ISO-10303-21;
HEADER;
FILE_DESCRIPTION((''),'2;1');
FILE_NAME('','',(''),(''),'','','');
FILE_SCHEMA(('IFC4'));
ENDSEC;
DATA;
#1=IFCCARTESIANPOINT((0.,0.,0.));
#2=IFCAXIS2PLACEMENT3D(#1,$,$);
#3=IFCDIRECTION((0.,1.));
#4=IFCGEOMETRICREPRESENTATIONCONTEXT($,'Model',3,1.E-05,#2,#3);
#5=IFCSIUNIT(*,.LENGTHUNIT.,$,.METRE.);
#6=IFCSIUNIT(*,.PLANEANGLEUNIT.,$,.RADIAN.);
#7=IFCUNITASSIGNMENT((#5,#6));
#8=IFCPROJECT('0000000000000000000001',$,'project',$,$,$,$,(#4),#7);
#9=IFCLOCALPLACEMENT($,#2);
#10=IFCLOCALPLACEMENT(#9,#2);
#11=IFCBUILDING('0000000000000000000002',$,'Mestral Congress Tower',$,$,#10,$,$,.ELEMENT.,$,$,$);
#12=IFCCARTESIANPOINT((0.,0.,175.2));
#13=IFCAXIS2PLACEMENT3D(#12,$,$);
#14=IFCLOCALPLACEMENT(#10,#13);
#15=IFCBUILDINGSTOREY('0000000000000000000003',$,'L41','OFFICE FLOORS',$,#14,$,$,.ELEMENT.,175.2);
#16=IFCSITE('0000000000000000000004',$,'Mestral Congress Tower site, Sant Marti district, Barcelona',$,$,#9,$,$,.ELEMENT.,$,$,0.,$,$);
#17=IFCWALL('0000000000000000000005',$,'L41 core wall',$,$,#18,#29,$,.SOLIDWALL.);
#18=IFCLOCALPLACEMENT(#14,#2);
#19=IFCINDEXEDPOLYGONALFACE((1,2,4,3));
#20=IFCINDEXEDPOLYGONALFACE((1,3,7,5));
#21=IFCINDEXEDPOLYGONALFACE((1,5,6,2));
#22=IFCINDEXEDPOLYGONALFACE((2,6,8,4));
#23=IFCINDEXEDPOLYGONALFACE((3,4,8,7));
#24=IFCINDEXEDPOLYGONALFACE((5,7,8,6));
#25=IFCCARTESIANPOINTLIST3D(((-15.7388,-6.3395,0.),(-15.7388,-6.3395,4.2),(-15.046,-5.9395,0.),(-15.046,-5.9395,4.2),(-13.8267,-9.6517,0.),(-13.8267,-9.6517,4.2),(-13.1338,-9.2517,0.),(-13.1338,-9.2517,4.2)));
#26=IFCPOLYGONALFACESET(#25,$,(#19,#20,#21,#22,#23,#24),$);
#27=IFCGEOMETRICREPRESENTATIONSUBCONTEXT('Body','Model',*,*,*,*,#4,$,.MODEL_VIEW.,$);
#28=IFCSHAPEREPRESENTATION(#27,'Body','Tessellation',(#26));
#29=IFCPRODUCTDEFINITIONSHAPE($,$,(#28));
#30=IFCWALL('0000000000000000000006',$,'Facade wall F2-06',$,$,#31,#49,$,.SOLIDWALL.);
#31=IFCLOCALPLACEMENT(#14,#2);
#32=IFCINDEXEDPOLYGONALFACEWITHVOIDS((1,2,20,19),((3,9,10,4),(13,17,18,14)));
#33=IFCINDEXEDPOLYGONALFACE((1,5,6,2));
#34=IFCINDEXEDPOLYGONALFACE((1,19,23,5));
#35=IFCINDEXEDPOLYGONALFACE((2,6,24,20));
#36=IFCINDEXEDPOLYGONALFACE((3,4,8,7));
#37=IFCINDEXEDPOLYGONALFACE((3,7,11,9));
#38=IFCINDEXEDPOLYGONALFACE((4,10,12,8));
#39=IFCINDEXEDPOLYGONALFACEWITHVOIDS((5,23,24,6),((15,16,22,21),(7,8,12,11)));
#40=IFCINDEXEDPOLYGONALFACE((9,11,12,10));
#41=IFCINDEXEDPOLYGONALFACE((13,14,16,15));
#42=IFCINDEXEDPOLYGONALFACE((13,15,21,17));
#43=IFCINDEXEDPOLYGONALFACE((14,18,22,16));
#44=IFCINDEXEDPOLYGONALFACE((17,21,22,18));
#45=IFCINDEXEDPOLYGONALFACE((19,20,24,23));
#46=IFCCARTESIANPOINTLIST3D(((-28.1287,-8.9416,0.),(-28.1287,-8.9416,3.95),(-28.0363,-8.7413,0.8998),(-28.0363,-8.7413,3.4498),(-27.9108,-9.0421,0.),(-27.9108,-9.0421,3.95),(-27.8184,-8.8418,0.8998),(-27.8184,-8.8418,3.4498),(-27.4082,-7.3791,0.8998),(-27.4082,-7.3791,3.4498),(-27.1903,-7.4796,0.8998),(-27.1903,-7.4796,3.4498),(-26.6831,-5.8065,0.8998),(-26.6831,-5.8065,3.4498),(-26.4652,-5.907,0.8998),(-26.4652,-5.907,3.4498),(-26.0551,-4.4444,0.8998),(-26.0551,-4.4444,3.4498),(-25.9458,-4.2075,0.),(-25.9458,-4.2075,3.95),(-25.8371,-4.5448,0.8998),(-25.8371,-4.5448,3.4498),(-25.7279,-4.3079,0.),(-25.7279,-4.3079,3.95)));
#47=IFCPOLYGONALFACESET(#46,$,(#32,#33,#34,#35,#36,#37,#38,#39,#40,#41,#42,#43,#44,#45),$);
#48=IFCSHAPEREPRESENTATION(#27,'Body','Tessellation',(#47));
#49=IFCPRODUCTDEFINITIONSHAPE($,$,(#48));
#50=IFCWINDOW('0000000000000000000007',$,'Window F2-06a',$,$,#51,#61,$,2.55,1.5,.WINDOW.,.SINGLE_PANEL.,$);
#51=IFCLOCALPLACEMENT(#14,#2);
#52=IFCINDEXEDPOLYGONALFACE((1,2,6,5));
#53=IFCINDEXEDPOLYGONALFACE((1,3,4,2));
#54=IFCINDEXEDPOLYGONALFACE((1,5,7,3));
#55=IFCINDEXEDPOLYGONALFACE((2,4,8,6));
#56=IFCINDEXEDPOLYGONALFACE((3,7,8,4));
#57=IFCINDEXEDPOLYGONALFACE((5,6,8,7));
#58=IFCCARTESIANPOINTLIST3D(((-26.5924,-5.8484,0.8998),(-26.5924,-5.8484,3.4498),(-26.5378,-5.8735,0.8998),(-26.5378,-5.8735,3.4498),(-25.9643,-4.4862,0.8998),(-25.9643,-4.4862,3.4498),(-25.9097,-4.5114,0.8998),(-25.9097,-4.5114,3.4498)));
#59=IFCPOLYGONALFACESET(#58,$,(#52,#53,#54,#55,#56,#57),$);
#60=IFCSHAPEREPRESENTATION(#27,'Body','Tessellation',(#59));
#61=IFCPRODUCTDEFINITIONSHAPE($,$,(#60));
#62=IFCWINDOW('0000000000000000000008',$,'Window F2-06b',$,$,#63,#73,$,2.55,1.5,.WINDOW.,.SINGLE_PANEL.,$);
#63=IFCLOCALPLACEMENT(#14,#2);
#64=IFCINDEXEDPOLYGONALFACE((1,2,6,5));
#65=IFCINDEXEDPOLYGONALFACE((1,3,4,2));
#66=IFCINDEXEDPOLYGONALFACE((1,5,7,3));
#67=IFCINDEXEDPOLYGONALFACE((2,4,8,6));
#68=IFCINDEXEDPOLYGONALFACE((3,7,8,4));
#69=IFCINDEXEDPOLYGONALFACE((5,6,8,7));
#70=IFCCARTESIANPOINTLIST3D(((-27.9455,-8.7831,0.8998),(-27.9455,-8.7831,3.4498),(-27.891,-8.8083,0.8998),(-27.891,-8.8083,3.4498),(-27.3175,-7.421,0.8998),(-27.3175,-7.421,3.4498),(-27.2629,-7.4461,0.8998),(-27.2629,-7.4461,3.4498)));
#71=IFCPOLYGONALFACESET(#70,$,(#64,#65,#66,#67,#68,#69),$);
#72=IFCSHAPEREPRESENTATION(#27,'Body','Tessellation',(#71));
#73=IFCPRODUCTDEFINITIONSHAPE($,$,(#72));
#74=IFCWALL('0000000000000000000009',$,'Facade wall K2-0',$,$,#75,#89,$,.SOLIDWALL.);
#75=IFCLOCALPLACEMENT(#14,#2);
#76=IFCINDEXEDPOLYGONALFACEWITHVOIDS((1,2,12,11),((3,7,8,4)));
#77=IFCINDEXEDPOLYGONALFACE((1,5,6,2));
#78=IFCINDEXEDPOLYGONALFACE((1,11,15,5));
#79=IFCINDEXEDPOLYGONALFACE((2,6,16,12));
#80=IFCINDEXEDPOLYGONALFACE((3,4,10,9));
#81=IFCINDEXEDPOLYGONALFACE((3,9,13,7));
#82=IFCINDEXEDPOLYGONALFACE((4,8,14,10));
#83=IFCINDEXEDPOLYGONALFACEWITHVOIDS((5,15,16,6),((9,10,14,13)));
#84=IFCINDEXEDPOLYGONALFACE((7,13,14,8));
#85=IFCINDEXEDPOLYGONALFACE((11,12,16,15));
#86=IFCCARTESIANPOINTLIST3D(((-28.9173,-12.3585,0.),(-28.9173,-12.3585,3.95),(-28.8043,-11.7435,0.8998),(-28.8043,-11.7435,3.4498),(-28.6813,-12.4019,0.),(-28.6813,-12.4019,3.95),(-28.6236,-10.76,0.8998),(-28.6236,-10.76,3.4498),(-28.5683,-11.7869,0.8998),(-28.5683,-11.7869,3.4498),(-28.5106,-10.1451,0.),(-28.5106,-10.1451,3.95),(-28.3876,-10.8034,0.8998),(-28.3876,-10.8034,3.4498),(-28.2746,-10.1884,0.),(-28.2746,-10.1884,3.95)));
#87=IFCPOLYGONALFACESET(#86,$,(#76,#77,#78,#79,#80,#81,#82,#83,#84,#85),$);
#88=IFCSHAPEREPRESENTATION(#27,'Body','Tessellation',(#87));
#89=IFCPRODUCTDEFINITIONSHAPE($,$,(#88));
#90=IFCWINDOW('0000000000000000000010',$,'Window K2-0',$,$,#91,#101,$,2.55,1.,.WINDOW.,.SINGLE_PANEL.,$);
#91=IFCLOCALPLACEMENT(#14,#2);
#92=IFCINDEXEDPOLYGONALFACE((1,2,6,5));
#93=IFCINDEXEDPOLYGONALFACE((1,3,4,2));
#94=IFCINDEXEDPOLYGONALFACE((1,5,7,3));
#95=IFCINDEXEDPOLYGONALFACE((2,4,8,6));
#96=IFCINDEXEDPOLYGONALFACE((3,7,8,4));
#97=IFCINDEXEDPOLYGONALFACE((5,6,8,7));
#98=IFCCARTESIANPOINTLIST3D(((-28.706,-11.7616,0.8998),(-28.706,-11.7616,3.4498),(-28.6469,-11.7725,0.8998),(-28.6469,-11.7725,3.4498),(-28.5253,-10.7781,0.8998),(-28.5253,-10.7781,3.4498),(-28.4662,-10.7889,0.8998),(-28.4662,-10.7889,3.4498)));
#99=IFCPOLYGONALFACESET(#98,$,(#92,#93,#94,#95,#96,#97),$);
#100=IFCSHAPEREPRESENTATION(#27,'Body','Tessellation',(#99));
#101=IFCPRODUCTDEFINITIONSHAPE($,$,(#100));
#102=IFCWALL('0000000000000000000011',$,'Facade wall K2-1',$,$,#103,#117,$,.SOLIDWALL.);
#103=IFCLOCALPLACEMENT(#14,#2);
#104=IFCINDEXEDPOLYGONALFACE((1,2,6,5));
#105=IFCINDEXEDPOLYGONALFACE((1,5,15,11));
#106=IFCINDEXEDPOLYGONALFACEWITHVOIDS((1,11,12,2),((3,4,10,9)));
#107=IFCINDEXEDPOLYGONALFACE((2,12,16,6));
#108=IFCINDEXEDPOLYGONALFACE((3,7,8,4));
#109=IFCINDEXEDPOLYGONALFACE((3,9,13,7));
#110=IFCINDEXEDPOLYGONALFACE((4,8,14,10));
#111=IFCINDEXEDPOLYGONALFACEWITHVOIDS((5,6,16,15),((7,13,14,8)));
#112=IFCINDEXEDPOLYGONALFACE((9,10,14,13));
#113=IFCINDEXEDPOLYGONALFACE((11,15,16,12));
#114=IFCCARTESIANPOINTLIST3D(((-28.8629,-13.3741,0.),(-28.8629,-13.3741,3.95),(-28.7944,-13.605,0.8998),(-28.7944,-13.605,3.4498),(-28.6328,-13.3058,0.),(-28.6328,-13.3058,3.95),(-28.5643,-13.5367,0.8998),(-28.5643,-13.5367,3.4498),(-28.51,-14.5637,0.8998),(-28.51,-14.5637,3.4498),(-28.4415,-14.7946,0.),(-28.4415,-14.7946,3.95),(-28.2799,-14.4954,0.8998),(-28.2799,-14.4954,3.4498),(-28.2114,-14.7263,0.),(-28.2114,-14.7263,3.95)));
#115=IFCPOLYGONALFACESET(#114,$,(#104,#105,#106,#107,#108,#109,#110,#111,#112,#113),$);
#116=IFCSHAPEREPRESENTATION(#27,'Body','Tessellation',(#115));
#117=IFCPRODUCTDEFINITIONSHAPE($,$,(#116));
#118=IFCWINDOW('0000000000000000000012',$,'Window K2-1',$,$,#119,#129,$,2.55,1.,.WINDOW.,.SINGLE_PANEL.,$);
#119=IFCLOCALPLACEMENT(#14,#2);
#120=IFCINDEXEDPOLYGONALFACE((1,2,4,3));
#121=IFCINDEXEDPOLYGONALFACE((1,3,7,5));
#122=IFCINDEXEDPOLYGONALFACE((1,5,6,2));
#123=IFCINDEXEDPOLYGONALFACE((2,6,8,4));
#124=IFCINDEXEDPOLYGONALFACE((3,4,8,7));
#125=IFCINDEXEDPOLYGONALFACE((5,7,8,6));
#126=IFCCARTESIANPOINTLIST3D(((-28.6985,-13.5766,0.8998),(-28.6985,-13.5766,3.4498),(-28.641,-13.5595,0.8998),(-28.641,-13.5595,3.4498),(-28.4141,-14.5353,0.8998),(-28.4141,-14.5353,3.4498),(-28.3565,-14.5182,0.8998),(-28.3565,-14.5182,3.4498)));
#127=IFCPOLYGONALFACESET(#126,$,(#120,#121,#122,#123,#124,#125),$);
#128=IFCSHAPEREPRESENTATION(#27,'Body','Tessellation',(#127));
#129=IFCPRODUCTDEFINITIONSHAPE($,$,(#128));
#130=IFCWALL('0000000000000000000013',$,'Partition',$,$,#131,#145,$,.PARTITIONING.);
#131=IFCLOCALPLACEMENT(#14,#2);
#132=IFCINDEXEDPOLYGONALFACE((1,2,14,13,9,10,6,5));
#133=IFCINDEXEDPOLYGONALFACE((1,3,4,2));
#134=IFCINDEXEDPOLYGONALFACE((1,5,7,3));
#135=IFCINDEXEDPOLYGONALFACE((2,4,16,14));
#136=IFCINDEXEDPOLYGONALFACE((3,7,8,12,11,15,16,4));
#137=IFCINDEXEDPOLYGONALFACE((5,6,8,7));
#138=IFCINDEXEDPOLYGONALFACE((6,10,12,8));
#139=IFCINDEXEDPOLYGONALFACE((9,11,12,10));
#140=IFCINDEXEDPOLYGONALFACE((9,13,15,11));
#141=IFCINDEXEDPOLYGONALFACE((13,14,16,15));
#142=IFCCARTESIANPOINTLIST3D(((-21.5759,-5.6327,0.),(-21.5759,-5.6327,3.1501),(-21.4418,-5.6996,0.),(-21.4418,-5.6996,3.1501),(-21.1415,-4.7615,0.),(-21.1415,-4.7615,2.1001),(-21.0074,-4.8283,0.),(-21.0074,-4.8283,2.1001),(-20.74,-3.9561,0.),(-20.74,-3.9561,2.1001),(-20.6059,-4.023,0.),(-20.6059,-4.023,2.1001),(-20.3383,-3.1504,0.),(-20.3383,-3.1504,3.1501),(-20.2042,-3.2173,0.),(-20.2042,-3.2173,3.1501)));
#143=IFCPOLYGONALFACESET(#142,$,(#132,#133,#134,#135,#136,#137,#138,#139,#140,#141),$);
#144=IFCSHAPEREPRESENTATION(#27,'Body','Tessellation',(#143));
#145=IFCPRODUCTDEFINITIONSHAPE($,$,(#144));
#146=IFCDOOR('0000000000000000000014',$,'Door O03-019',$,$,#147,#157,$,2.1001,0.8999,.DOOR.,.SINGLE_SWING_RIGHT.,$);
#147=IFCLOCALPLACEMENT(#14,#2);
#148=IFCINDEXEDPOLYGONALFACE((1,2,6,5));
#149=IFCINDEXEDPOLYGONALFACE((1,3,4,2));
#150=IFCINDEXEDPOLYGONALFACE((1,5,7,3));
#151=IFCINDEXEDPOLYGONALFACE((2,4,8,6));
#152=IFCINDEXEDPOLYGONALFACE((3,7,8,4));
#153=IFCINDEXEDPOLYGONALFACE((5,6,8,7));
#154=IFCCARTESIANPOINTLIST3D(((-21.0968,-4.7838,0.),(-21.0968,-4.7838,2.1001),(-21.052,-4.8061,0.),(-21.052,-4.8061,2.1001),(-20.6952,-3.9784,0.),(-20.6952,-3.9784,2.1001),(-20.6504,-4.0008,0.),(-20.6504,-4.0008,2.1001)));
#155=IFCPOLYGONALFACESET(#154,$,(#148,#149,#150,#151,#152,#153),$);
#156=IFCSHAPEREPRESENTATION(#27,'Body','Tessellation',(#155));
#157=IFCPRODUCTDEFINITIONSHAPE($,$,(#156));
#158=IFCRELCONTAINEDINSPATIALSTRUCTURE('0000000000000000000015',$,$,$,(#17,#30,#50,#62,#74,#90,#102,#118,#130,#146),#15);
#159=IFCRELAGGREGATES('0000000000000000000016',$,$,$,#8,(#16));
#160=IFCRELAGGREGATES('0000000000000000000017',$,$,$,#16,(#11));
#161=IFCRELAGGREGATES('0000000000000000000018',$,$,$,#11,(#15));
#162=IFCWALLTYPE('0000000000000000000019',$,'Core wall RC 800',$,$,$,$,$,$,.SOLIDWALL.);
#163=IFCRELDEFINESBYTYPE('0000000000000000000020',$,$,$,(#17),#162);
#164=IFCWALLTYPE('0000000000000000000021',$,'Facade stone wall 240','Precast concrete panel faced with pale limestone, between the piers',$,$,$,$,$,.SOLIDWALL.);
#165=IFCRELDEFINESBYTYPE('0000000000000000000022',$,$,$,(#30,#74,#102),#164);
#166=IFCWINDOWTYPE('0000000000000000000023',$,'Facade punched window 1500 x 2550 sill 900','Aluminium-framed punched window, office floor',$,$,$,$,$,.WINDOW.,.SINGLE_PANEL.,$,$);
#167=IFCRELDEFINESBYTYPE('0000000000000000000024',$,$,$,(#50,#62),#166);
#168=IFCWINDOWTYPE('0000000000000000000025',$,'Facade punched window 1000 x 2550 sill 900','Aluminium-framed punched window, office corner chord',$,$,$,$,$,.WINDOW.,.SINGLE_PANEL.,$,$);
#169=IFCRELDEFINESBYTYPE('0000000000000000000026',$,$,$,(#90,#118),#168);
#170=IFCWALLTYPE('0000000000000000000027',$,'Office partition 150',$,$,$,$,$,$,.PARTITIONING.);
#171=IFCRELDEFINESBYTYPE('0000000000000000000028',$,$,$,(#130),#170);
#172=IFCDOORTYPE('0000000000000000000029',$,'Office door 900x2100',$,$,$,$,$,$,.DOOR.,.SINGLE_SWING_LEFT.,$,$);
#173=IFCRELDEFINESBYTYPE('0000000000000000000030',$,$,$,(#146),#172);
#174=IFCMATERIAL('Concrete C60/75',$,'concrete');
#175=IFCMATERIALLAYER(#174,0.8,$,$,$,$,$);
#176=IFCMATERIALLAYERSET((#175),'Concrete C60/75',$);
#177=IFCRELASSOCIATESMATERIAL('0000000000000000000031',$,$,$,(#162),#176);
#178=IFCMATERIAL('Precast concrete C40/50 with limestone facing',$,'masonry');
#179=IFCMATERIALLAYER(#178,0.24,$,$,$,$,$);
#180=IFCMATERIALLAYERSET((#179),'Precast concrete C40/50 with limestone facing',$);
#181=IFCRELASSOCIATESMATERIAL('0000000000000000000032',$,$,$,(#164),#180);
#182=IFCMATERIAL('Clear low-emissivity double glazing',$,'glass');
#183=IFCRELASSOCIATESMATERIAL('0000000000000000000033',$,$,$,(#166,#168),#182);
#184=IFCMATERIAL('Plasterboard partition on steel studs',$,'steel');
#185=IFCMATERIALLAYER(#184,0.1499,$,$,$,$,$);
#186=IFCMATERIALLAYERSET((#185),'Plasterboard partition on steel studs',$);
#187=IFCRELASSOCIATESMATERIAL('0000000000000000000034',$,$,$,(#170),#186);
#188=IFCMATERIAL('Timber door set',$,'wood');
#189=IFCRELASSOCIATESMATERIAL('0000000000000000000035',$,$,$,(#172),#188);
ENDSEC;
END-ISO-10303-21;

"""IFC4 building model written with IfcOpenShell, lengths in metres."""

from ifc_helpers import new_model, si_unit, direction, frame, frame_2d, origin, place, context, subcontext, project, spatial, rectangle, extrude, material, layer, layer_set, type_object, element, fill, save


model = new_model("IFC4")

# Units and contexts
model_context = context("Model", 3, precision=1e-05, world=origin(), true_north=direction((0.0, 1.0)))
body_context = subcontext(model_context, "Body", "Model", "MODEL_VIEW")
ifc_project = project(units=[si_unit("LENGTHUNIT", "METRE"), si_unit("PLANEANGLEUNIT", "RADIAN")], contexts=[model_context])

# Site, building, storey
site_placement = place(None, origin())
site = spatial("IfcSite", under=ifc_project, at=site_placement, Name="Mestral Congress Tower site, Sant Marti district, Barcelona", CompositionType="ELEMENT", RefElevation=0.0)
building_placement = place(site_placement, origin())
building = spatial("IfcBuilding", under=site, at=building_placement, Name="Mestral Congress Tower", CompositionType="ELEMENT")
storey_placement = place(building_placement, frame((0.0, 0.0, 175.2)))
storey = spatial("IfcBuildingStorey", under=building, at=storey_placement, Name="L41", Description="OFFICE FLOORS", CompositionType="ELEMENT", Elevation=175.2)

# Shared definitions
ifc_material_1 = material(Name="Concrete C60/75", Category="concrete")

# Wall
ifc_layer_1 = layer(ifc_material_1, 0.8)
ifc_layer_set_1 = layer_set([ifc_layer_1], Name="Concrete C60/75")
wall_type_1 = type_object("IfcWallType", Name="Core wall RC 800", PredefinedType="SOLIDWALL", material=ifc_layer_set_1)
wall_1_placement = place(storey_placement, frame((-15.3923, -6.1396, 0.0), z_axis=(0.0, 0.0, 1.0), x_axis=(0.499984, -0.866035, 0.0)))
element("IfcWall", 1, at=wall_1_placement, inside=storey, type_object=wall_type_1, Name="L41 core wall", PredefinedType="SOLIDWALL", context=body_context, shape_type="SweptSolid", body=[
    extrude(rectangle(XDim=3.8245, YDim=0.8, at=frame_2d((1.9121, 0.0))), origin(), (0.0, 0.0, 1.0), 4.2),
])

# Wall, openings, windows
ifc_material_2 = material(Name="Precast concrete C40/50 with limestone facing", Category="masonry")
ifc_layer_2 = layer(ifc_material_2, 0.24)
ifc_layer_set_2 = layer_set([ifc_layer_2], Name="Precast concrete C40/50 with limestone facing")
wall_type_2 = type_object("IfcWallType", Name="Facade stone wall 240", Description="Precast concrete panel faced with pale limestone, between the piers", PredefinedType="SOLIDWALL", material=ifc_layer_set_2)
wall_2_placement = place(storey_placement, frame((-25.8369, -4.2578, 0.0), z_axis=(0.0, 0.0, 1.0), x_axis=(-0.418723, -0.908114, 0.0)))
wall_2 = element("IfcWall", 2, at=wall_2_placement, inside=storey, type_object=wall_type_2, Name="Facade wall F2-06", PredefinedType="SOLIDWALL", context=body_context, shape_type="SweptSolid", body=[
    extrude(rectangle(XDim=5.2131, YDim=0.24, at=frame_2d((2.6064, 0.0))), origin(), (0.0, 0.0, 1.0), 3.95),
])
opening_1_placement = place(wall_2_placement, frame((0.2607, 0.0, 0.8999)))
opening_1 = element("IfcOpeningElement", 3, at=opening_1_placement, cuts=wall_2, PredefinedType="OPENING", context=body_context, shape_type="SweptSolid", body=[
    extrude(rectangle(XDim=1.5, YDim=2.55, at=frame_2d((0.75, 1.2749))), frame((0.0, 0.1299, 0.0), z_axis=(0.0, -1.0, 0.0), x_axis=(1.0, 0.0, 0.0)), (0.0, 0.0, 1.0), 0.26),
])
opening_2_placement = place(wall_2_placement, frame((3.4924, 0.0, 0.8999)))
opening_2 = element("IfcOpeningElement", 4, at=opening_2_placement, cuts=wall_2, PredefinedType="OPENING", context=body_context, shape_type="SweptSolid", body=[
    extrude(rectangle(XDim=1.5, YDim=2.55, at=frame_2d((0.75, 1.2749))), frame((0.0, 0.1299, 0.0), z_axis=(0.0, -1.0, 0.0), x_axis=(1.0, 0.0, 0.0)), (0.0, 0.0, 1.0), 0.26),
])
ifc_material_3 = material(Name="Clear low-emissivity double glazing", Category="glass")
window_type_1 = type_object("IfcWindowType", Name="Facade punched window 1500 x 2550 sill 900", Description="Aluminium-framed punched window, office floor", PartitioningType="SINGLE_PANEL", PredefinedType="WINDOW", material=ifc_material_3)
window_1_placement = place(opening_1_placement, origin())
window_1 = element("IfcWindow", 5, at=window_1_placement, inside=storey, type_object=window_type_1, Name="Window F2-06a", OverallHeight=2.55, OverallWidth=1.5, PartitioningType="SINGLE_PANEL", PredefinedType="WINDOW", context=body_context, shape_type="SweptSolid", body=[
    extrude(rectangle(XDim=1.5, YDim=2.55, at=frame_2d((0.75, 1.2749))), frame((0.0, 0.04, 0.0), z_axis=(0.0, -1.0, 0.0), x_axis=(1.0, 0.0, 0.0)), (0.0, 0.0, 1.0), 0.0601),
])
fill(opening_1, window_1)
window_2_placement = place(opening_2_placement, origin())
window_2 = element("IfcWindow", 6, at=window_2_placement, inside=storey, type_object=window_type_1, Name="Window F2-06b", OverallHeight=2.55, OverallWidth=1.5, PartitioningType="SINGLE_PANEL", PredefinedType="WINDOW", context=body_context, shape_type="SweptSolid", body=[
    extrude(rectangle(XDim=1.5, YDim=2.55, at=frame_2d((0.75, 1.2749))), frame((0.0, 0.04, 0.0), z_axis=(0.0, -1.0, 0.0), x_axis=(1.0, 0.0, 0.0)), (0.0, 0.0, 1.0), 0.0601),
])
fill(opening_2, window_2)

# Walls, openings, windows
wall_3_placement = place(storey_placement, frame((-28.3926, -10.1667, 0.0), z_axis=(0.0, 0.0, 1.0), x_axis=(-0.180737, -0.983531, 0.0)))
wall_3 = element("IfcWall", 7, at=wall_3_placement, inside=storey, type_object=wall_type_2, Name="Facade wall K2-0", PredefinedType="SOLIDWALL", context=body_context, shape_type="SweptSolid", body=[
    extrude(rectangle(XDim=2.2505, YDim=0.24, at=frame_2d((1.1252, 0.0))), origin(), (0.0, 0.0, 1.0), 3.95),
])
opening_3_placement = place(wall_3_placement, frame((0.6252, 0.0, 0.8999)))
opening_3 = element("IfcOpeningElement", 8, at=opening_3_placement, cuts=wall_3, PredefinedType="OPENING", context=body_context, shape_type="SweptSolid", body=[
    extrude(rectangle(XDim=1.0, YDim=2.55, at=frame_2d((0.5, 1.2749))), frame((0.0, 0.1299, 0.0), z_axis=(0.0, -1.0, 0.0), x_axis=(1.0, 0.0, 0.0)), (0.0, 0.0, 1.0), 0.26),
])
window_type_2 = type_object("IfcWindowType", Name="Facade punched window 1000 x 2550 sill 900", Description="Aluminium-framed punched window, office corner chord", PartitioningType="SINGLE_PANEL", PredefinedType="WINDOW", material=ifc_material_3)
window_3_placement = place(opening_3_placement, origin())
window_3 = element("IfcWindow", 9, at=window_3_placement, inside=storey, type_object=window_type_2, Name="Window K2-0", OverallHeight=2.55, OverallWidth=1.0, PartitioningType="SINGLE_PANEL", PredefinedType="WINDOW", context=body_context, shape_type="SweptSolid", body=[
    extrude(rectangle(XDim=1.0, YDim=2.55, at=frame_2d((0.5, 1.2749))), frame((0.0, 0.04, 0.0), z_axis=(0.0, -1.0, 0.0), x_axis=(1.0, 0.0, 0.0)), (0.0, 0.0, 1.0), 0.0601),
])
fill(opening_3, window_3)
wall_4_placement = place(storey_placement, frame((-28.7478, -13.3401, 0.0), z_axis=(0.0, 0.0, 1.0), x_axis=(0.284414, -0.958702, 0.0)))
wall_4 = element("IfcWall", 10, at=wall_4_placement, inside=storey, type_object=wall_type_2, Name="Facade wall K2-1", PredefinedType="SOLIDWALL", context=body_context, shape_type="SweptSolid", body=[
    extrude(rectangle(XDim=1.4817, YDim=0.24, at=frame_2d((0.7407, 0.0))), origin(), (0.0, 0.0, 1.0), 3.95),
])
opening_4_placement = place(wall_4_placement, frame((0.2407, 0.0, 0.8999)))
opening_4 = element("IfcOpeningElement", 11, at=opening_4_placement, cuts=wall_4, PredefinedType="OPENING", context=body_context, shape_type="SweptSolid", body=[
    extrude(rectangle(XDim=1.0, YDim=2.55, at=frame_2d((0.5, 1.2749))), frame((0.0, 0.1299, 0.0), z_axis=(0.0, -1.0, 0.0), x_axis=(1.0, 0.0, 0.0)), (0.0, 0.0, 1.0), 0.26),
])
window_4_placement = place(opening_4_placement, origin())
window_4 = element("IfcWindow", 12, at=window_4_placement, inside=storey, type_object=window_type_2, Name="Window K2-1", OverallHeight=2.55, OverallWidth=1.0, PartitioningType="SINGLE_PANEL", PredefinedType="WINDOW", context=body_context, shape_type="SweptSolid", body=[
    extrude(rectangle(XDim=1.0, YDim=2.55, at=frame_2d((0.5, 1.2749))), frame((0.0, 0.04, 0.0), z_axis=(0.0, -1.0, 0.0), x_axis=(1.0, 0.0, 0.0)), (0.0, 0.0, 1.0), 0.0601),
])
fill(opening_4, window_4)

# Wall, opening, door
ifc_material_4 = material(Name="Plasterboard partition on steel studs", Category="steel")
ifc_layer_3 = layer(ifc_material_4, 0.1499)
ifc_layer_set_3 = layer_set([ifc_layer_3], Name="Plasterboard partition on steel studs")
wall_type_3 = type_object("IfcWallType", Name="Office partition 150", PredefinedType="PARTITIONING", material=ifc_layer_set_3)
wall_5_placement = place(storey_placement, frame((-21.5088, -5.666, 0.0), z_axis=(0.0, 0.0, 1.0), x_axis=(0.446192, 0.894937, 0.0)))
wall_5 = element("IfcWall", 13, at=wall_5_placement, inside=storey, type_object=wall_type_3, Name="Partition", PredefinedType="PARTITIONING", context=body_context, shape_type="SweptSolid", body=[
    extrude(rectangle(XDim=2.7737, YDim=0.1499, at=frame_2d((1.3867, 0.0))), origin(), (0.0, 0.0, 1.0), 3.1501),
])
opening_5_placement = place(wall_5_placement, frame((0.9734, 0.0, 0.0)))
opening_5 = element("IfcOpeningElement", 14, at=opening_5_placement, cuts=wall_5, PredefinedType="OPENING", context=body_context, shape_type="SweptSolid", body=[
    extrude(rectangle(XDim=0.8999, YDim=2.1001, at=frame_2d((0.45, 1.05))), frame((0.0, 0.085, 0.0), z_axis=(0.0, -1.0, 0.0), x_axis=(1.0, 0.0, 0.0)), (0.0, 0.0, 1.0), 0.1699),
])
ifc_material_5 = material(Name="Timber door set", Category="wood")
door_type = type_object("IfcDoorType", Name="Office door 900x2100", OperationType="SINGLE_SWING_LEFT", PredefinedType="DOOR", material=ifc_material_5)
door_1_placement = place(opening_5_placement, origin())
door_1 = element("IfcDoor", 15, at=door_1_placement, inside=storey, type_object=door_type, Name="Door O03-019", OperationType="SINGLE_SWING_RIGHT", OverallHeight=2.1001, OverallWidth=0.8999, PredefinedType="DOOR", context=body_context, shape_type="SweptSolid", body=[
    extrude(rectangle(XDim=0.8999, YDim=2.1001, at=frame_2d((0.45, 1.05))), frame((0.0, 0.0249, 0.0), z_axis=(0.0, -1.0, 0.0), x_axis=(1.0, 0.0, 0.0)), (0.0, 0.0, 1.0), 0.05),
])
fill(opening_5, door_1)

save(model, "model.ifc")
